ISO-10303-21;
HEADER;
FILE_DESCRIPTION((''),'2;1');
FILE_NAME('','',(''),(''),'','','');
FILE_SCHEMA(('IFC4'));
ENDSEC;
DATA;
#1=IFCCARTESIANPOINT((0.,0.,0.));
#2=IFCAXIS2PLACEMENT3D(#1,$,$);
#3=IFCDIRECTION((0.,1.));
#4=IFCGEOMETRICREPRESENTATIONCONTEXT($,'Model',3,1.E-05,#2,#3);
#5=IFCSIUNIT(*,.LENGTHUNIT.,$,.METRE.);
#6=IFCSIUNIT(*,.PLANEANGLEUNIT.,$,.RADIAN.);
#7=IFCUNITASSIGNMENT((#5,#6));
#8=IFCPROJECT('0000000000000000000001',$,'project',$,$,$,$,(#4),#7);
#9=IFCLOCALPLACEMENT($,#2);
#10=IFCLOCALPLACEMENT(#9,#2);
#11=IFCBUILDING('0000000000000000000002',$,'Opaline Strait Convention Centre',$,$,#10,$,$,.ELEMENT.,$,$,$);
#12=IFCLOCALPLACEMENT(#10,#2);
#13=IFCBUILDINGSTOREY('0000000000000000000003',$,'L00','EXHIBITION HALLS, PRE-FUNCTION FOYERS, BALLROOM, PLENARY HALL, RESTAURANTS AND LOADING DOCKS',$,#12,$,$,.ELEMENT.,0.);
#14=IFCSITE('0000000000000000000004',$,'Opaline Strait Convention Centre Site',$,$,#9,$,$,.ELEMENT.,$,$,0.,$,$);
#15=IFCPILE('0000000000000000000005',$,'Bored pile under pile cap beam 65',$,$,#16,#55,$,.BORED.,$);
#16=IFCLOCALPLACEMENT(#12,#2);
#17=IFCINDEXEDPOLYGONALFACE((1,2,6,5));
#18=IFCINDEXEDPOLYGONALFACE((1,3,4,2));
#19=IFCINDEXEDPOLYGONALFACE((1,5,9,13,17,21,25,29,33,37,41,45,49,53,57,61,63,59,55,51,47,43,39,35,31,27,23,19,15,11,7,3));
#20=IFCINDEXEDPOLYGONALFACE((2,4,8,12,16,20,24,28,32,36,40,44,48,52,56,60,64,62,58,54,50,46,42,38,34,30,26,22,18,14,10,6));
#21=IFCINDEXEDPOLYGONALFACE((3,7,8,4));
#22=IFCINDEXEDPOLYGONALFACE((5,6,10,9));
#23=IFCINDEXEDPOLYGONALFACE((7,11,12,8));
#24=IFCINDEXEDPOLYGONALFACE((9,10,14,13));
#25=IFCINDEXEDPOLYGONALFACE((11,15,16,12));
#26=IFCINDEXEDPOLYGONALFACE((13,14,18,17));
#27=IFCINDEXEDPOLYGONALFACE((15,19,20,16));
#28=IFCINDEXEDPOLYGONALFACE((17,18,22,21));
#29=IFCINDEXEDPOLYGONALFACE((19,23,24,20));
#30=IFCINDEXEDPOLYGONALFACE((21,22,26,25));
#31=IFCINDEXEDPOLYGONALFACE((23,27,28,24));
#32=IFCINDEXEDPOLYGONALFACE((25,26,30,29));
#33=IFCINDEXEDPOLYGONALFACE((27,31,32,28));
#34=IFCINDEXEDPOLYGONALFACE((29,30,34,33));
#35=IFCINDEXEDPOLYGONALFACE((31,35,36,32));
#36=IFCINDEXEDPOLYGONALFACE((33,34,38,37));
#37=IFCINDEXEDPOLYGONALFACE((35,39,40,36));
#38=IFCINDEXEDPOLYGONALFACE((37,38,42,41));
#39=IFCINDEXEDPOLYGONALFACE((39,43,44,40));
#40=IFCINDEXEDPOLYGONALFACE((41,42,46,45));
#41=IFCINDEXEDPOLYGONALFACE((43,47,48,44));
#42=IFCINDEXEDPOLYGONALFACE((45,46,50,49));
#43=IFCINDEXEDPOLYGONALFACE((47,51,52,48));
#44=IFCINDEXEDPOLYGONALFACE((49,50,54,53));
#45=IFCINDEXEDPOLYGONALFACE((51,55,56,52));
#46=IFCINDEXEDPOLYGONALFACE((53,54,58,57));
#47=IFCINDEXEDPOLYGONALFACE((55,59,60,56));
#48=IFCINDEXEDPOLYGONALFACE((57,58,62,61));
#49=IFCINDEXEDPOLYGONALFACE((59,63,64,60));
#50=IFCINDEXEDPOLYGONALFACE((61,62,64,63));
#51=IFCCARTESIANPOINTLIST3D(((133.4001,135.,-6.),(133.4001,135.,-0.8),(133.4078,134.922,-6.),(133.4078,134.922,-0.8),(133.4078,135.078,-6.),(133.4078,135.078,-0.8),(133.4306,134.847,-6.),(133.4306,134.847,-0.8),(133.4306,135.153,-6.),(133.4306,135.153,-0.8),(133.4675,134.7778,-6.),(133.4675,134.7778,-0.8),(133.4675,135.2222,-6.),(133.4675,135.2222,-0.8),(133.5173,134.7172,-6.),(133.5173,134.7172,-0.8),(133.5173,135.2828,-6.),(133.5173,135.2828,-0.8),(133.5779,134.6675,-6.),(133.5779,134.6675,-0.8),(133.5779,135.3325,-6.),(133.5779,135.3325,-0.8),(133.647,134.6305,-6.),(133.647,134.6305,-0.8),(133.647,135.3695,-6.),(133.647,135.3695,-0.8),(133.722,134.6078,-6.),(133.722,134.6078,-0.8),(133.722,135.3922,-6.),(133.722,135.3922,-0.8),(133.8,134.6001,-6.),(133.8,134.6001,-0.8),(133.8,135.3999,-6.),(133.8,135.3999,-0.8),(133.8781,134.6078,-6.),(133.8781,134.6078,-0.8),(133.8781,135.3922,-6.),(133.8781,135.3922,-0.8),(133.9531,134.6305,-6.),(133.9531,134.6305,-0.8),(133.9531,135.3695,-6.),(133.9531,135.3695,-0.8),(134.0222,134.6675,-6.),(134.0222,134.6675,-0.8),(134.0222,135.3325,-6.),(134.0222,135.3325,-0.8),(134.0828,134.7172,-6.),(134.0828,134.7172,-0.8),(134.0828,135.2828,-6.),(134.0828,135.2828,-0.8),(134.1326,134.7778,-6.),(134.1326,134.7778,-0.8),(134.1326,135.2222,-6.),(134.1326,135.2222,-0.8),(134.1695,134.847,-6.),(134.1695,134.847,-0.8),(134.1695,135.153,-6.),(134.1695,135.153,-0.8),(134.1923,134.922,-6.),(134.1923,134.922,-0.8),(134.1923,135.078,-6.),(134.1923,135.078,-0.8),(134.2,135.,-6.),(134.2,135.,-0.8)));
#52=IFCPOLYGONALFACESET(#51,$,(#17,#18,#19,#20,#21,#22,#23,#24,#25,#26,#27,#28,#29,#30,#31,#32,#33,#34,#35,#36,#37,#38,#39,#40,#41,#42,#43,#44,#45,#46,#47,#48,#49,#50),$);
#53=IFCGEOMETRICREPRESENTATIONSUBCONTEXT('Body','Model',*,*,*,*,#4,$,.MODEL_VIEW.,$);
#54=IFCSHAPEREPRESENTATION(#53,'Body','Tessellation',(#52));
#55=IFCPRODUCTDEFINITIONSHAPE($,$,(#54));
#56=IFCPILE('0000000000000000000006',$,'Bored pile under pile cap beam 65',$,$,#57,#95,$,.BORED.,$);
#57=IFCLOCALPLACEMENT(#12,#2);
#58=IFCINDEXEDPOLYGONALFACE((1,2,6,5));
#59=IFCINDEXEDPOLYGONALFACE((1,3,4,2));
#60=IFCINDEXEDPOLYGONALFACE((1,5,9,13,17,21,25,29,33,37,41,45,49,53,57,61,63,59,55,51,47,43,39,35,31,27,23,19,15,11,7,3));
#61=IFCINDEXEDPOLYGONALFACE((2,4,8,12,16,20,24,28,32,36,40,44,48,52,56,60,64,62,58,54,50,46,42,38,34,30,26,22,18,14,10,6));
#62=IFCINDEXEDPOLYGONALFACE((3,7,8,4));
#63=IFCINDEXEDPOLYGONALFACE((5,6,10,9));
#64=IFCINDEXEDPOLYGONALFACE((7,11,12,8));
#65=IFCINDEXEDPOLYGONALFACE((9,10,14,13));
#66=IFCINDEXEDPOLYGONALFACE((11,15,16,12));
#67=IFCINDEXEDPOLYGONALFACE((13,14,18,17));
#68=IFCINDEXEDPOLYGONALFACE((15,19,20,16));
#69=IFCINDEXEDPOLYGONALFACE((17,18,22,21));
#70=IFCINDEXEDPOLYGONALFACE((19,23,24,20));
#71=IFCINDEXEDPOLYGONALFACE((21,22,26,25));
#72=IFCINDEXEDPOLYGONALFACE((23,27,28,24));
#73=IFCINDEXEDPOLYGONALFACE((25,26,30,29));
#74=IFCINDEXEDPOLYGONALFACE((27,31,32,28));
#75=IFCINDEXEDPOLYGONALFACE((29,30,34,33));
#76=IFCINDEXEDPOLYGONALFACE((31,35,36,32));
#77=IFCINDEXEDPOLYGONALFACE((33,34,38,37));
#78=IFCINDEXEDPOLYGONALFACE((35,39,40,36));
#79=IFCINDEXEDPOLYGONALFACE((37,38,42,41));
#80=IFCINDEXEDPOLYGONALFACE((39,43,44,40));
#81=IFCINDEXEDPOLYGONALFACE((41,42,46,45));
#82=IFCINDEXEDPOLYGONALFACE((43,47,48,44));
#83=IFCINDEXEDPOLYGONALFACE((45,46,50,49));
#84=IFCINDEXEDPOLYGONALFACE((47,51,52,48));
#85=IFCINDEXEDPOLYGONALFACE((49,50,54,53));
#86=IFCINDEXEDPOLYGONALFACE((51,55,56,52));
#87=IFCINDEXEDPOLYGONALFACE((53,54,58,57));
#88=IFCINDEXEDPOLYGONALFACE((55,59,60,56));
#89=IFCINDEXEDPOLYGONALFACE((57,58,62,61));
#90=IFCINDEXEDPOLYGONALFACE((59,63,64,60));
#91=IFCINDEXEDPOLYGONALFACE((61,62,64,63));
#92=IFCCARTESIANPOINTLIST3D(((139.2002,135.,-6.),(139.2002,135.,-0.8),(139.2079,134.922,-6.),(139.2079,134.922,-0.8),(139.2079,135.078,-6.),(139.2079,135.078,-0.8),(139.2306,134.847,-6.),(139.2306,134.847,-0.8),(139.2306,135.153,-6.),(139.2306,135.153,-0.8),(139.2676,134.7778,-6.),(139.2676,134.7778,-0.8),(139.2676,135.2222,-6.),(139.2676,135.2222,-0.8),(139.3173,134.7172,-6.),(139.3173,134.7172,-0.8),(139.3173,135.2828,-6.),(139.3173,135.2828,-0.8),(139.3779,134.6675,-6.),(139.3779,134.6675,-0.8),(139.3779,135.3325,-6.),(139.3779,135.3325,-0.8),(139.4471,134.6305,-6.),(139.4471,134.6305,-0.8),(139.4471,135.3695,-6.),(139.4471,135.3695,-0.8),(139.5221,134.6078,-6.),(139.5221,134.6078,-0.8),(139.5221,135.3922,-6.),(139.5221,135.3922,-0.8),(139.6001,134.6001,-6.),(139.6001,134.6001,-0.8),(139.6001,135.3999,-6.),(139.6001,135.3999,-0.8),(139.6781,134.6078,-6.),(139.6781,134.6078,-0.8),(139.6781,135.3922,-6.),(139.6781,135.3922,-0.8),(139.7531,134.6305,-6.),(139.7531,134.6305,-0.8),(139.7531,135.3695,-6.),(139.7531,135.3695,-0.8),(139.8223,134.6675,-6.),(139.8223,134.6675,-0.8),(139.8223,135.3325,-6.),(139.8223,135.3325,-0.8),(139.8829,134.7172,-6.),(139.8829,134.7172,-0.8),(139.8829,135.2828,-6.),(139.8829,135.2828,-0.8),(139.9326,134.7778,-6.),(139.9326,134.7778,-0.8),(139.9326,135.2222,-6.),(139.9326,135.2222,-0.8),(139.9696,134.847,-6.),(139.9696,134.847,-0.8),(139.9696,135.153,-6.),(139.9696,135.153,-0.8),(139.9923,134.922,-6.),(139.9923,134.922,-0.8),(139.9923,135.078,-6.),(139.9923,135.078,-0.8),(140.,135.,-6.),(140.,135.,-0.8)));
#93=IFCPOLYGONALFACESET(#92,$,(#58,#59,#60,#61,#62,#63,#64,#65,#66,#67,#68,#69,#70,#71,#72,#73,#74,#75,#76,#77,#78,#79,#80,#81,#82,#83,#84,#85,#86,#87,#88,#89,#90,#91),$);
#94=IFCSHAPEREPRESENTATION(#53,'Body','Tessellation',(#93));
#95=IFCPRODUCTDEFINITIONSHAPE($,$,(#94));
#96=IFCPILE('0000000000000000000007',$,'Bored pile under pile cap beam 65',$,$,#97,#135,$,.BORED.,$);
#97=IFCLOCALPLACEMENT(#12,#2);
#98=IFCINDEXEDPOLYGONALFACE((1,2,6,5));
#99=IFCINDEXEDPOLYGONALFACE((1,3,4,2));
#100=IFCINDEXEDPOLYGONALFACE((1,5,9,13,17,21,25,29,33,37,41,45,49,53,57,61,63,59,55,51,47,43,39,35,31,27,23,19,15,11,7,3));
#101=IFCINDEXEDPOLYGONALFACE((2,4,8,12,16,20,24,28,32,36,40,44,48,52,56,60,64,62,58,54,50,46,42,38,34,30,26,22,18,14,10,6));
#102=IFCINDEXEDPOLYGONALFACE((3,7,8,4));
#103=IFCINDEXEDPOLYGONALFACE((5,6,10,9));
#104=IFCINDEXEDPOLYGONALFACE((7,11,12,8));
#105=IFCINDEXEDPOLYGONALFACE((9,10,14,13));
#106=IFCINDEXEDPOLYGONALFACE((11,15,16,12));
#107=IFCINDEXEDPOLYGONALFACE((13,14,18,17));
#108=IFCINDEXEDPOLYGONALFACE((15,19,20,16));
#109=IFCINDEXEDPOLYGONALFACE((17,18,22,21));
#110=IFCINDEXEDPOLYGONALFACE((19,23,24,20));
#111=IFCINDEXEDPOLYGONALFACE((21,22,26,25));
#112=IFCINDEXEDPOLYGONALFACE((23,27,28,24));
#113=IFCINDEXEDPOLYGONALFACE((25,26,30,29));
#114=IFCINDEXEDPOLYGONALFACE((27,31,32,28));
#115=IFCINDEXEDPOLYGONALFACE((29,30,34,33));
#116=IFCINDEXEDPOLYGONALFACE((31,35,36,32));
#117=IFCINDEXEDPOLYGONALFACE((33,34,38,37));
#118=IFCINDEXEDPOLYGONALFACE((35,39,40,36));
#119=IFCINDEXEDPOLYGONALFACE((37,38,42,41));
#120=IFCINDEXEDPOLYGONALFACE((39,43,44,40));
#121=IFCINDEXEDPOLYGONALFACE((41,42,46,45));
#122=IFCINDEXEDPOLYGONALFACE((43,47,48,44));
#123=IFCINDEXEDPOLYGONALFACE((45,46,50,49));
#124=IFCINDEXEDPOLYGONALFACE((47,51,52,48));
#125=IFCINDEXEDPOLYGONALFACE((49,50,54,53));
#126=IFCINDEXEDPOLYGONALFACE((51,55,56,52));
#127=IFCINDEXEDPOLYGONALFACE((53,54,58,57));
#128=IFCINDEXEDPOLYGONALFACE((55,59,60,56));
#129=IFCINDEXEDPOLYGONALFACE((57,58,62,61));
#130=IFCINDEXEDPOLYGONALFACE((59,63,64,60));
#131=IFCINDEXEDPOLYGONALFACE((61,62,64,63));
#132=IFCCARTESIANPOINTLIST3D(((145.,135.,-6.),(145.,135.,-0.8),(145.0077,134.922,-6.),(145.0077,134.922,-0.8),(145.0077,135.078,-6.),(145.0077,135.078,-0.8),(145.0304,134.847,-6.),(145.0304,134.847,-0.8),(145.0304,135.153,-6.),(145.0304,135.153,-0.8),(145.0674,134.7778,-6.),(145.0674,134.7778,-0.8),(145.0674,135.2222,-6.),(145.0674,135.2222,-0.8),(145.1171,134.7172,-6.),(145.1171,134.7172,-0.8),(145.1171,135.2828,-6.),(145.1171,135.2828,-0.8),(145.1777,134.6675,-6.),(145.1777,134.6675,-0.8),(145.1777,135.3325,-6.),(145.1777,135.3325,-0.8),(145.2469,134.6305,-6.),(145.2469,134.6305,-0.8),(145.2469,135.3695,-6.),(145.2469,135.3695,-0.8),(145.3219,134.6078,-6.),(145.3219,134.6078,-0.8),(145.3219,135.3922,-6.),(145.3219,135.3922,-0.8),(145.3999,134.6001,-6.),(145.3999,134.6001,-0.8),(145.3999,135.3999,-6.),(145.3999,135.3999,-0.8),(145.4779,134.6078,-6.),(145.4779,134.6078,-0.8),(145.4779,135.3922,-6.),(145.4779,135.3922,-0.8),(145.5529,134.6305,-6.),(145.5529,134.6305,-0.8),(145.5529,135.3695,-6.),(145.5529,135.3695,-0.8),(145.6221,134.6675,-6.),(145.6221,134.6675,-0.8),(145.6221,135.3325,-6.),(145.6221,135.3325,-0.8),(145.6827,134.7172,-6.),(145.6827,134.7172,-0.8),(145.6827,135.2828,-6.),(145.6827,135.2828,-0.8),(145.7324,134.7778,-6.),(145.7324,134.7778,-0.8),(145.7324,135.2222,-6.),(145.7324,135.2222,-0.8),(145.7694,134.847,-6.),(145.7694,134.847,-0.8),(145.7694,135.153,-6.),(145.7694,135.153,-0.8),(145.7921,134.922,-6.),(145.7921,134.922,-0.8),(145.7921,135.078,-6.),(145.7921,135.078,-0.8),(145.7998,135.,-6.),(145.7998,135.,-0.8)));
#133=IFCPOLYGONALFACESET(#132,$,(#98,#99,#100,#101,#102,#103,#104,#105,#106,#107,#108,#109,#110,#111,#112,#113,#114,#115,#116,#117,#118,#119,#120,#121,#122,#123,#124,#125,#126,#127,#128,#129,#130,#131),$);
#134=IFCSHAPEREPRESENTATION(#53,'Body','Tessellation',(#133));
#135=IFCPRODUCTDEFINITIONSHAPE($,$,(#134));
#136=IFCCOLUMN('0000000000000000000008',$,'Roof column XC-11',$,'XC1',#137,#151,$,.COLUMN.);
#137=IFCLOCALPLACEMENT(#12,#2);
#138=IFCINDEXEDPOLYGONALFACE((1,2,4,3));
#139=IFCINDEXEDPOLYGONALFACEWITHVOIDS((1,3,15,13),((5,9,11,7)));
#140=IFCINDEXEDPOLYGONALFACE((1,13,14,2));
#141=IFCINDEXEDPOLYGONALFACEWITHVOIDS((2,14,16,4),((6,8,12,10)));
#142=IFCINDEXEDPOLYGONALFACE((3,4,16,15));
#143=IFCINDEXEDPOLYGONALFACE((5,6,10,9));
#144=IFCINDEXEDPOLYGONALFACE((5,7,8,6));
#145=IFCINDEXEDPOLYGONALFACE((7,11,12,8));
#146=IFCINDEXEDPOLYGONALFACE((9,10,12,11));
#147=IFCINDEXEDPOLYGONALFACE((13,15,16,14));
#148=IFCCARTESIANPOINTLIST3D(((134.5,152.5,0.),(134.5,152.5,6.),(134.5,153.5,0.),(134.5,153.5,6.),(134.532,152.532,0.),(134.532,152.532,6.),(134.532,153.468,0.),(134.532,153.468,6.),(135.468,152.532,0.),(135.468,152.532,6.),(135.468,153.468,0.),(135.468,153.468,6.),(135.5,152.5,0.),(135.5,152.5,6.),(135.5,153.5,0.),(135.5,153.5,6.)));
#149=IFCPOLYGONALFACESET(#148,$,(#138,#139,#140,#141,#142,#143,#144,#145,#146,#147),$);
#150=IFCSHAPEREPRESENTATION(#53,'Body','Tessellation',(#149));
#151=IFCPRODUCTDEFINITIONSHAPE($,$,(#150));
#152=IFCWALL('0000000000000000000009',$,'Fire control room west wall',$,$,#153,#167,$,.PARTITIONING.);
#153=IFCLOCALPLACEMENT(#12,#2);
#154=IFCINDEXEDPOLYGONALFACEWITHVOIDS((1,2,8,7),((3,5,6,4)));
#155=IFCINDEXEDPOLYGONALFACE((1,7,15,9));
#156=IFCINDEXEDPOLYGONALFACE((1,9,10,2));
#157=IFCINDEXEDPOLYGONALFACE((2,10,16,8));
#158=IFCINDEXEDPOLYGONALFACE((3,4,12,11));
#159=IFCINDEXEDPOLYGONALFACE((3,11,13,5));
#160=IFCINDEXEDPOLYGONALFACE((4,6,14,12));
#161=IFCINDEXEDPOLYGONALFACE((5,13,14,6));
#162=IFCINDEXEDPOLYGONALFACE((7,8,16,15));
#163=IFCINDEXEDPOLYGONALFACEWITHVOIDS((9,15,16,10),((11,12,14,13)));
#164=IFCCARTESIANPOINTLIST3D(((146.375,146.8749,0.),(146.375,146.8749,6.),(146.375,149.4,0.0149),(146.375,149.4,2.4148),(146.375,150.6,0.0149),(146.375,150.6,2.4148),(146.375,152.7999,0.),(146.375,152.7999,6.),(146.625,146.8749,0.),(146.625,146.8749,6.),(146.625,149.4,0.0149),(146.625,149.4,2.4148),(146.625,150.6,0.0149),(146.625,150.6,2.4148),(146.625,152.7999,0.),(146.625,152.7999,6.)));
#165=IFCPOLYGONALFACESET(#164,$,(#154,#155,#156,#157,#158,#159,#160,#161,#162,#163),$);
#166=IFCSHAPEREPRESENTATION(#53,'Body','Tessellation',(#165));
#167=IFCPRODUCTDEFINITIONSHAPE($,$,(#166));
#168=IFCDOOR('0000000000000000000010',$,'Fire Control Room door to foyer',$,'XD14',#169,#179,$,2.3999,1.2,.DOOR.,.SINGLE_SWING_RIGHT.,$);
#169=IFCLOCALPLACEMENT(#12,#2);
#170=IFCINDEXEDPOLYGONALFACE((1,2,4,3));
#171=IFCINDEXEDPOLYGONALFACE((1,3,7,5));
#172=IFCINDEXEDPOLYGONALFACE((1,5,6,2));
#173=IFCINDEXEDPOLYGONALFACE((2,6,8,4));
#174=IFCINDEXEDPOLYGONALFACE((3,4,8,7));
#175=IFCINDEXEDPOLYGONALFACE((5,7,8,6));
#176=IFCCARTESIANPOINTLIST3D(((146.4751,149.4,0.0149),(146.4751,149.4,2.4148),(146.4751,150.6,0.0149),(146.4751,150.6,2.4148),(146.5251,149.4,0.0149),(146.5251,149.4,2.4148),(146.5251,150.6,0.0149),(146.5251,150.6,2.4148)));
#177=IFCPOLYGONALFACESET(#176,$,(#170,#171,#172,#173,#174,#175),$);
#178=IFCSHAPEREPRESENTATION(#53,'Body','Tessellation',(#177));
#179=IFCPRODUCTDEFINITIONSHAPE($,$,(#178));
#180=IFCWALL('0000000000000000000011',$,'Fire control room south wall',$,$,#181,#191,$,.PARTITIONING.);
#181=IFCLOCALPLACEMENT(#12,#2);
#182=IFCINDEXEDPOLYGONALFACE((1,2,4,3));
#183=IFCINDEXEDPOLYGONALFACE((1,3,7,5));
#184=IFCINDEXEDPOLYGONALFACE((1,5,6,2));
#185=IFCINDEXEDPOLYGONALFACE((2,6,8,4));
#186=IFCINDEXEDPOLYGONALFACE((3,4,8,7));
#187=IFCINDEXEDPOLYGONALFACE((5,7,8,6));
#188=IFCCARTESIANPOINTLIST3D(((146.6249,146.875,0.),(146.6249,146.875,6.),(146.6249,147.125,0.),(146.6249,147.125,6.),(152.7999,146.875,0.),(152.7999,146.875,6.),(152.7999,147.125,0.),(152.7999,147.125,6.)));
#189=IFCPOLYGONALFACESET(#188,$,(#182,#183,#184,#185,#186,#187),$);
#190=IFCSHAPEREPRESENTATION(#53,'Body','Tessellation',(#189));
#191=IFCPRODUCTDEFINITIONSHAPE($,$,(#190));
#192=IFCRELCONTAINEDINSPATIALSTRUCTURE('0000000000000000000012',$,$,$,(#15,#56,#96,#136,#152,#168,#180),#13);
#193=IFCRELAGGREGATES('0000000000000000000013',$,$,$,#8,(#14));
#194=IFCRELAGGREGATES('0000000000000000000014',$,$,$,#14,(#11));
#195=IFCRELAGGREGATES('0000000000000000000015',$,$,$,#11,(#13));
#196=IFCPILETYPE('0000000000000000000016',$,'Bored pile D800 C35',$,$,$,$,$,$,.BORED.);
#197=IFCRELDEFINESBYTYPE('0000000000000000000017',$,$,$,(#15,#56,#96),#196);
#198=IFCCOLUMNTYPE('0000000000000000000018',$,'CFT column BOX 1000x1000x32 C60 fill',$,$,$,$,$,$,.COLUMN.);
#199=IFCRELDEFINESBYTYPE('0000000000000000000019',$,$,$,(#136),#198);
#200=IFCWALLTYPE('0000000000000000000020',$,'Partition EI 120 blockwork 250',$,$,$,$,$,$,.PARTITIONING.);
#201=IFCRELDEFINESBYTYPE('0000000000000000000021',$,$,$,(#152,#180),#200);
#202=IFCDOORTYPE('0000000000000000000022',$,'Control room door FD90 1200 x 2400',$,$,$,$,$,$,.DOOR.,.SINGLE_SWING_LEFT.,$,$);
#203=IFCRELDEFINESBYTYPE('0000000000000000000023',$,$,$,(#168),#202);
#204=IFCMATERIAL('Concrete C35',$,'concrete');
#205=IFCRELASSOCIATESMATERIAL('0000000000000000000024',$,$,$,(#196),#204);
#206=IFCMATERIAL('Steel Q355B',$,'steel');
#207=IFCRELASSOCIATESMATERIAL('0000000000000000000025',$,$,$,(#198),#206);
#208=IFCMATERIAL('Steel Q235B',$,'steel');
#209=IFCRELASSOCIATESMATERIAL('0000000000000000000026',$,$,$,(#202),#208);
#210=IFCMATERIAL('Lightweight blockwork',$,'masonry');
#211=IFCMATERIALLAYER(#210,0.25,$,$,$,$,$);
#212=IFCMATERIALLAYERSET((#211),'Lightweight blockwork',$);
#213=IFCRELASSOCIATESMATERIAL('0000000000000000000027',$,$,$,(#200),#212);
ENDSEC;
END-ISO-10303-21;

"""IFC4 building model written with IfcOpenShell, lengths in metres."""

from ifc_helpers import new_model, si_unit, direction, frame, frame_2d, origin, origin_2d, place, context, subcontext, project, spatial, rectangle, hollow_rectangle, circle, extrude, material, layer, layer_set, material_profile, profile_set, type_object, element, fill, save


model = new_model("IFC4")

# Units and contexts
model_context = context("Model", 3, precision=1e-05, world=origin(), true_north=direction((0.0, 1.0)))
body_context = subcontext(model_context, "Body", "Model", "MODEL_VIEW")
ifc_project = project(units=[si_unit("LENGTHUNIT", "METRE"), si_unit("PLANEANGLEUNIT", "RADIAN")], contexts=[model_context])

# Site, building, storey
site_placement = place(None, origin())
site = spatial("IfcSite", under=ifc_project, at=site_placement, Name="Opaline Strait Convention Centre Site", CompositionType="ELEMENT", RefElevation=0.0)
building_placement = place(site_placement, origin())
building = spatial("IfcBuilding", under=site, at=building_placement, Name="Opaline Strait Convention Centre", CompositionType="ELEMENT")
storey_placement = place(building_placement, origin())
storey = spatial("IfcBuildingStorey", under=building, at=storey_placement, Name="L00", Description="EXHIBITION HALLS, PRE-FUNCTION FOYERS, BALLROOM, PLENARY HALL, RESTAURANTS AND LOADING DOCKS", CompositionType="ELEMENT", Elevation=0.0)

# Piles
ifc_material_1 = material(Name="Concrete C35", Category="concrete")
ifc_material_profile_1 = material_profile(ifc_material_1, circle(Radius=0.3999, at=origin_2d()), Name="D800")
ifc_profile_set_1 = profile_set([ifc_material_profile_1], Name="Concrete C35")
pile_type_1 = type_object("IfcPileType", Name="Bored pile D800 C35", PredefinedType="BORED", material=ifc_profile_set_1)
for number, where, z_axis, x_axis, name in (
    (1, (133.8, 135.0, -0.8), (0.0, 0.0, -1.0), (1.0, 0.0, 0.0), "Bored pile under pile cap beam 65"),
    (2, (139.6001, 135.0, -0.8), (0.0, 0.0, -1.0), (1.0, 0.0, 0.0), "Bored pile under pile cap beam 65"),
    (3, (145.3999, 135.0, -0.8), (0.0, 0.0, -1.0), (1.0, 0.0, 0.0), "Bored pile under pile cap beam 65"),
):
    element("IfcPile", number, at=place(storey_placement, frame(where, z_axis=z_axis, x_axis=x_axis)), inside=storey, type_object=pile_type_1, Name=name, PredefinedType="BORED", context=body_context, shape_type="SweptSolid", body=[
        extrude(circle(Radius=0.3999, at=origin_2d()), origin(), (0.0, 0.0, 1.0), 5.2),
    ])

# Column
ifc_material_2 = material(Name="Steel Q355B", Category="steel")
ifc_material_profile_2 = material_profile(ifc_material_2, hollow_rectangle(XDim=1.0, YDim=1.0, WallThickness=0.032, at=origin_2d()), Name="BOX 1000x1000x32")
ifc_profile_set_2 = profile_set([ifc_material_profile_2], Name="Steel Q355B")
column_type = type_object("IfcColumnType", Name="CFT column BOX 1000x1000x32 C60 fill", PredefinedType="COLUMN", material=ifc_profile_set_2)
column_placement = place(storey_placement, frame((135.0, 153.0, 0.0), z_axis=(0.0, 0.0, 1.0), x_axis=(1.0, 0.0, 0.0)))
element("IfcColumn", 4, at=column_placement, inside=storey, type_object=column_type, Name="Roof column XC-11", ObjectType="XC1", PredefinedType="COLUMN", context=body_context, shape_type="SweptSolid", body=[
    extrude(hollow_rectangle(XDim=1.0, YDim=1.0, WallThickness=0.032, at=origin_2d()), origin(), (0.0, 0.0, 1.0), 6.0),
])

# Shared definitions
ifc_material_3 = material(Name="Steel Q235B", Category="steel")
door_type_1 = type_object("IfcDoorType", Name="Control room door FD90 1200 x 2400", OperationType="SINGLE_SWING_LEFT", PredefinedType="DOOR", material=ifc_material_3)

# Wall, opening, door
ifc_material_4 = material(Name="Lightweight blockwork", Category="masonry")
ifc_layer_1 = layer(ifc_material_4, 0.25)
ifc_layer_set_1 = layer_set([ifc_layer_1], Name="Lightweight blockwork")
wall_type_1 = type_object("IfcWallType", Name="Partition EI 120 blockwork 250", PredefinedType="PARTITIONING", material=ifc_layer_set_1)
wall_1_placement = place(storey_placement, frame((146.5, 146.875, 0.0), z_axis=(0.0, 0.0, 1.0), x_axis=(0.0, 1.0, 0.0)))
wall_1 = element("IfcWall", 5, at=wall_1_placement, inside=storey, type_object=wall_type_1, Name="Fire control room west wall", PredefinedType="PARTITIONING", context=body_context, shape_type="SweptSolid", body=[
    extrude(rectangle(XDim=5.925, YDim=0.25, at=frame_2d((2.9624, 0.0))), origin(), (0.0, 0.0, 1.0), 6.0),
])
opening_1_placement = place(wall_1_placement, frame((2.5249, 0.0, 0.0149)))
opening_1 = element("IfcOpeningElement", 6, at=opening_1_placement, cuts=wall_1, PredefinedType="OPENING", context=body_context, shape_type="SweptSolid", body=[
    extrude(rectangle(XDim=1.2, YDim=2.3999, at=frame_2d((0.6001, 1.2))), frame((0.0, 0.135, 0.0), z_axis=(0.0, -1.0, 0.0), x_axis=(1.0, 0.0, 0.0)), (0.0, 0.0, 1.0), 0.27),
])
door_1_placement = place(opening_1_placement, origin())
door_1 = element("IfcDoor", 7, at=door_1_placement, inside=storey, type_object=door_type_1, Name="Fire Control Room door to foyer", ObjectType="XD14", OperationType="SINGLE_SWING_RIGHT", OverallHeight=2.3999, OverallWidth=1.2, PredefinedType="DOOR", context=body_context, shape_type="SweptSolid", body=[
    extrude(rectangle(XDim=1.2, YDim=2.3999, at=frame_2d((0.6001, 1.2))), frame((0.0, 0.0249, 0.0), z_axis=(0.0, -1.0, 0.0), x_axis=(1.0, 0.0, 0.0)), (0.0, 0.0, 1.0), 0.05),
])
fill(opening_1, door_1)

# Wall
wall_2_placement = place(storey_placement, frame((146.625, 147.0, 0.0), z_axis=(0.0, 0.0, 1.0), x_axis=(1.0, 0.0, 0.0)))
element("IfcWall", 8, at=wall_2_placement, inside=storey, type_object=wall_type_1, Name="Fire control room south wall", PredefinedType="PARTITIONING", context=body_context, shape_type="SweptSolid", body=[
    extrude(rectangle(XDim=6.175, YDim=0.25, at=frame_2d((3.0874, 0.0))), origin(), (0.0, 0.0, 1.0), 6.0),
])

save(model, "model.ifc")
